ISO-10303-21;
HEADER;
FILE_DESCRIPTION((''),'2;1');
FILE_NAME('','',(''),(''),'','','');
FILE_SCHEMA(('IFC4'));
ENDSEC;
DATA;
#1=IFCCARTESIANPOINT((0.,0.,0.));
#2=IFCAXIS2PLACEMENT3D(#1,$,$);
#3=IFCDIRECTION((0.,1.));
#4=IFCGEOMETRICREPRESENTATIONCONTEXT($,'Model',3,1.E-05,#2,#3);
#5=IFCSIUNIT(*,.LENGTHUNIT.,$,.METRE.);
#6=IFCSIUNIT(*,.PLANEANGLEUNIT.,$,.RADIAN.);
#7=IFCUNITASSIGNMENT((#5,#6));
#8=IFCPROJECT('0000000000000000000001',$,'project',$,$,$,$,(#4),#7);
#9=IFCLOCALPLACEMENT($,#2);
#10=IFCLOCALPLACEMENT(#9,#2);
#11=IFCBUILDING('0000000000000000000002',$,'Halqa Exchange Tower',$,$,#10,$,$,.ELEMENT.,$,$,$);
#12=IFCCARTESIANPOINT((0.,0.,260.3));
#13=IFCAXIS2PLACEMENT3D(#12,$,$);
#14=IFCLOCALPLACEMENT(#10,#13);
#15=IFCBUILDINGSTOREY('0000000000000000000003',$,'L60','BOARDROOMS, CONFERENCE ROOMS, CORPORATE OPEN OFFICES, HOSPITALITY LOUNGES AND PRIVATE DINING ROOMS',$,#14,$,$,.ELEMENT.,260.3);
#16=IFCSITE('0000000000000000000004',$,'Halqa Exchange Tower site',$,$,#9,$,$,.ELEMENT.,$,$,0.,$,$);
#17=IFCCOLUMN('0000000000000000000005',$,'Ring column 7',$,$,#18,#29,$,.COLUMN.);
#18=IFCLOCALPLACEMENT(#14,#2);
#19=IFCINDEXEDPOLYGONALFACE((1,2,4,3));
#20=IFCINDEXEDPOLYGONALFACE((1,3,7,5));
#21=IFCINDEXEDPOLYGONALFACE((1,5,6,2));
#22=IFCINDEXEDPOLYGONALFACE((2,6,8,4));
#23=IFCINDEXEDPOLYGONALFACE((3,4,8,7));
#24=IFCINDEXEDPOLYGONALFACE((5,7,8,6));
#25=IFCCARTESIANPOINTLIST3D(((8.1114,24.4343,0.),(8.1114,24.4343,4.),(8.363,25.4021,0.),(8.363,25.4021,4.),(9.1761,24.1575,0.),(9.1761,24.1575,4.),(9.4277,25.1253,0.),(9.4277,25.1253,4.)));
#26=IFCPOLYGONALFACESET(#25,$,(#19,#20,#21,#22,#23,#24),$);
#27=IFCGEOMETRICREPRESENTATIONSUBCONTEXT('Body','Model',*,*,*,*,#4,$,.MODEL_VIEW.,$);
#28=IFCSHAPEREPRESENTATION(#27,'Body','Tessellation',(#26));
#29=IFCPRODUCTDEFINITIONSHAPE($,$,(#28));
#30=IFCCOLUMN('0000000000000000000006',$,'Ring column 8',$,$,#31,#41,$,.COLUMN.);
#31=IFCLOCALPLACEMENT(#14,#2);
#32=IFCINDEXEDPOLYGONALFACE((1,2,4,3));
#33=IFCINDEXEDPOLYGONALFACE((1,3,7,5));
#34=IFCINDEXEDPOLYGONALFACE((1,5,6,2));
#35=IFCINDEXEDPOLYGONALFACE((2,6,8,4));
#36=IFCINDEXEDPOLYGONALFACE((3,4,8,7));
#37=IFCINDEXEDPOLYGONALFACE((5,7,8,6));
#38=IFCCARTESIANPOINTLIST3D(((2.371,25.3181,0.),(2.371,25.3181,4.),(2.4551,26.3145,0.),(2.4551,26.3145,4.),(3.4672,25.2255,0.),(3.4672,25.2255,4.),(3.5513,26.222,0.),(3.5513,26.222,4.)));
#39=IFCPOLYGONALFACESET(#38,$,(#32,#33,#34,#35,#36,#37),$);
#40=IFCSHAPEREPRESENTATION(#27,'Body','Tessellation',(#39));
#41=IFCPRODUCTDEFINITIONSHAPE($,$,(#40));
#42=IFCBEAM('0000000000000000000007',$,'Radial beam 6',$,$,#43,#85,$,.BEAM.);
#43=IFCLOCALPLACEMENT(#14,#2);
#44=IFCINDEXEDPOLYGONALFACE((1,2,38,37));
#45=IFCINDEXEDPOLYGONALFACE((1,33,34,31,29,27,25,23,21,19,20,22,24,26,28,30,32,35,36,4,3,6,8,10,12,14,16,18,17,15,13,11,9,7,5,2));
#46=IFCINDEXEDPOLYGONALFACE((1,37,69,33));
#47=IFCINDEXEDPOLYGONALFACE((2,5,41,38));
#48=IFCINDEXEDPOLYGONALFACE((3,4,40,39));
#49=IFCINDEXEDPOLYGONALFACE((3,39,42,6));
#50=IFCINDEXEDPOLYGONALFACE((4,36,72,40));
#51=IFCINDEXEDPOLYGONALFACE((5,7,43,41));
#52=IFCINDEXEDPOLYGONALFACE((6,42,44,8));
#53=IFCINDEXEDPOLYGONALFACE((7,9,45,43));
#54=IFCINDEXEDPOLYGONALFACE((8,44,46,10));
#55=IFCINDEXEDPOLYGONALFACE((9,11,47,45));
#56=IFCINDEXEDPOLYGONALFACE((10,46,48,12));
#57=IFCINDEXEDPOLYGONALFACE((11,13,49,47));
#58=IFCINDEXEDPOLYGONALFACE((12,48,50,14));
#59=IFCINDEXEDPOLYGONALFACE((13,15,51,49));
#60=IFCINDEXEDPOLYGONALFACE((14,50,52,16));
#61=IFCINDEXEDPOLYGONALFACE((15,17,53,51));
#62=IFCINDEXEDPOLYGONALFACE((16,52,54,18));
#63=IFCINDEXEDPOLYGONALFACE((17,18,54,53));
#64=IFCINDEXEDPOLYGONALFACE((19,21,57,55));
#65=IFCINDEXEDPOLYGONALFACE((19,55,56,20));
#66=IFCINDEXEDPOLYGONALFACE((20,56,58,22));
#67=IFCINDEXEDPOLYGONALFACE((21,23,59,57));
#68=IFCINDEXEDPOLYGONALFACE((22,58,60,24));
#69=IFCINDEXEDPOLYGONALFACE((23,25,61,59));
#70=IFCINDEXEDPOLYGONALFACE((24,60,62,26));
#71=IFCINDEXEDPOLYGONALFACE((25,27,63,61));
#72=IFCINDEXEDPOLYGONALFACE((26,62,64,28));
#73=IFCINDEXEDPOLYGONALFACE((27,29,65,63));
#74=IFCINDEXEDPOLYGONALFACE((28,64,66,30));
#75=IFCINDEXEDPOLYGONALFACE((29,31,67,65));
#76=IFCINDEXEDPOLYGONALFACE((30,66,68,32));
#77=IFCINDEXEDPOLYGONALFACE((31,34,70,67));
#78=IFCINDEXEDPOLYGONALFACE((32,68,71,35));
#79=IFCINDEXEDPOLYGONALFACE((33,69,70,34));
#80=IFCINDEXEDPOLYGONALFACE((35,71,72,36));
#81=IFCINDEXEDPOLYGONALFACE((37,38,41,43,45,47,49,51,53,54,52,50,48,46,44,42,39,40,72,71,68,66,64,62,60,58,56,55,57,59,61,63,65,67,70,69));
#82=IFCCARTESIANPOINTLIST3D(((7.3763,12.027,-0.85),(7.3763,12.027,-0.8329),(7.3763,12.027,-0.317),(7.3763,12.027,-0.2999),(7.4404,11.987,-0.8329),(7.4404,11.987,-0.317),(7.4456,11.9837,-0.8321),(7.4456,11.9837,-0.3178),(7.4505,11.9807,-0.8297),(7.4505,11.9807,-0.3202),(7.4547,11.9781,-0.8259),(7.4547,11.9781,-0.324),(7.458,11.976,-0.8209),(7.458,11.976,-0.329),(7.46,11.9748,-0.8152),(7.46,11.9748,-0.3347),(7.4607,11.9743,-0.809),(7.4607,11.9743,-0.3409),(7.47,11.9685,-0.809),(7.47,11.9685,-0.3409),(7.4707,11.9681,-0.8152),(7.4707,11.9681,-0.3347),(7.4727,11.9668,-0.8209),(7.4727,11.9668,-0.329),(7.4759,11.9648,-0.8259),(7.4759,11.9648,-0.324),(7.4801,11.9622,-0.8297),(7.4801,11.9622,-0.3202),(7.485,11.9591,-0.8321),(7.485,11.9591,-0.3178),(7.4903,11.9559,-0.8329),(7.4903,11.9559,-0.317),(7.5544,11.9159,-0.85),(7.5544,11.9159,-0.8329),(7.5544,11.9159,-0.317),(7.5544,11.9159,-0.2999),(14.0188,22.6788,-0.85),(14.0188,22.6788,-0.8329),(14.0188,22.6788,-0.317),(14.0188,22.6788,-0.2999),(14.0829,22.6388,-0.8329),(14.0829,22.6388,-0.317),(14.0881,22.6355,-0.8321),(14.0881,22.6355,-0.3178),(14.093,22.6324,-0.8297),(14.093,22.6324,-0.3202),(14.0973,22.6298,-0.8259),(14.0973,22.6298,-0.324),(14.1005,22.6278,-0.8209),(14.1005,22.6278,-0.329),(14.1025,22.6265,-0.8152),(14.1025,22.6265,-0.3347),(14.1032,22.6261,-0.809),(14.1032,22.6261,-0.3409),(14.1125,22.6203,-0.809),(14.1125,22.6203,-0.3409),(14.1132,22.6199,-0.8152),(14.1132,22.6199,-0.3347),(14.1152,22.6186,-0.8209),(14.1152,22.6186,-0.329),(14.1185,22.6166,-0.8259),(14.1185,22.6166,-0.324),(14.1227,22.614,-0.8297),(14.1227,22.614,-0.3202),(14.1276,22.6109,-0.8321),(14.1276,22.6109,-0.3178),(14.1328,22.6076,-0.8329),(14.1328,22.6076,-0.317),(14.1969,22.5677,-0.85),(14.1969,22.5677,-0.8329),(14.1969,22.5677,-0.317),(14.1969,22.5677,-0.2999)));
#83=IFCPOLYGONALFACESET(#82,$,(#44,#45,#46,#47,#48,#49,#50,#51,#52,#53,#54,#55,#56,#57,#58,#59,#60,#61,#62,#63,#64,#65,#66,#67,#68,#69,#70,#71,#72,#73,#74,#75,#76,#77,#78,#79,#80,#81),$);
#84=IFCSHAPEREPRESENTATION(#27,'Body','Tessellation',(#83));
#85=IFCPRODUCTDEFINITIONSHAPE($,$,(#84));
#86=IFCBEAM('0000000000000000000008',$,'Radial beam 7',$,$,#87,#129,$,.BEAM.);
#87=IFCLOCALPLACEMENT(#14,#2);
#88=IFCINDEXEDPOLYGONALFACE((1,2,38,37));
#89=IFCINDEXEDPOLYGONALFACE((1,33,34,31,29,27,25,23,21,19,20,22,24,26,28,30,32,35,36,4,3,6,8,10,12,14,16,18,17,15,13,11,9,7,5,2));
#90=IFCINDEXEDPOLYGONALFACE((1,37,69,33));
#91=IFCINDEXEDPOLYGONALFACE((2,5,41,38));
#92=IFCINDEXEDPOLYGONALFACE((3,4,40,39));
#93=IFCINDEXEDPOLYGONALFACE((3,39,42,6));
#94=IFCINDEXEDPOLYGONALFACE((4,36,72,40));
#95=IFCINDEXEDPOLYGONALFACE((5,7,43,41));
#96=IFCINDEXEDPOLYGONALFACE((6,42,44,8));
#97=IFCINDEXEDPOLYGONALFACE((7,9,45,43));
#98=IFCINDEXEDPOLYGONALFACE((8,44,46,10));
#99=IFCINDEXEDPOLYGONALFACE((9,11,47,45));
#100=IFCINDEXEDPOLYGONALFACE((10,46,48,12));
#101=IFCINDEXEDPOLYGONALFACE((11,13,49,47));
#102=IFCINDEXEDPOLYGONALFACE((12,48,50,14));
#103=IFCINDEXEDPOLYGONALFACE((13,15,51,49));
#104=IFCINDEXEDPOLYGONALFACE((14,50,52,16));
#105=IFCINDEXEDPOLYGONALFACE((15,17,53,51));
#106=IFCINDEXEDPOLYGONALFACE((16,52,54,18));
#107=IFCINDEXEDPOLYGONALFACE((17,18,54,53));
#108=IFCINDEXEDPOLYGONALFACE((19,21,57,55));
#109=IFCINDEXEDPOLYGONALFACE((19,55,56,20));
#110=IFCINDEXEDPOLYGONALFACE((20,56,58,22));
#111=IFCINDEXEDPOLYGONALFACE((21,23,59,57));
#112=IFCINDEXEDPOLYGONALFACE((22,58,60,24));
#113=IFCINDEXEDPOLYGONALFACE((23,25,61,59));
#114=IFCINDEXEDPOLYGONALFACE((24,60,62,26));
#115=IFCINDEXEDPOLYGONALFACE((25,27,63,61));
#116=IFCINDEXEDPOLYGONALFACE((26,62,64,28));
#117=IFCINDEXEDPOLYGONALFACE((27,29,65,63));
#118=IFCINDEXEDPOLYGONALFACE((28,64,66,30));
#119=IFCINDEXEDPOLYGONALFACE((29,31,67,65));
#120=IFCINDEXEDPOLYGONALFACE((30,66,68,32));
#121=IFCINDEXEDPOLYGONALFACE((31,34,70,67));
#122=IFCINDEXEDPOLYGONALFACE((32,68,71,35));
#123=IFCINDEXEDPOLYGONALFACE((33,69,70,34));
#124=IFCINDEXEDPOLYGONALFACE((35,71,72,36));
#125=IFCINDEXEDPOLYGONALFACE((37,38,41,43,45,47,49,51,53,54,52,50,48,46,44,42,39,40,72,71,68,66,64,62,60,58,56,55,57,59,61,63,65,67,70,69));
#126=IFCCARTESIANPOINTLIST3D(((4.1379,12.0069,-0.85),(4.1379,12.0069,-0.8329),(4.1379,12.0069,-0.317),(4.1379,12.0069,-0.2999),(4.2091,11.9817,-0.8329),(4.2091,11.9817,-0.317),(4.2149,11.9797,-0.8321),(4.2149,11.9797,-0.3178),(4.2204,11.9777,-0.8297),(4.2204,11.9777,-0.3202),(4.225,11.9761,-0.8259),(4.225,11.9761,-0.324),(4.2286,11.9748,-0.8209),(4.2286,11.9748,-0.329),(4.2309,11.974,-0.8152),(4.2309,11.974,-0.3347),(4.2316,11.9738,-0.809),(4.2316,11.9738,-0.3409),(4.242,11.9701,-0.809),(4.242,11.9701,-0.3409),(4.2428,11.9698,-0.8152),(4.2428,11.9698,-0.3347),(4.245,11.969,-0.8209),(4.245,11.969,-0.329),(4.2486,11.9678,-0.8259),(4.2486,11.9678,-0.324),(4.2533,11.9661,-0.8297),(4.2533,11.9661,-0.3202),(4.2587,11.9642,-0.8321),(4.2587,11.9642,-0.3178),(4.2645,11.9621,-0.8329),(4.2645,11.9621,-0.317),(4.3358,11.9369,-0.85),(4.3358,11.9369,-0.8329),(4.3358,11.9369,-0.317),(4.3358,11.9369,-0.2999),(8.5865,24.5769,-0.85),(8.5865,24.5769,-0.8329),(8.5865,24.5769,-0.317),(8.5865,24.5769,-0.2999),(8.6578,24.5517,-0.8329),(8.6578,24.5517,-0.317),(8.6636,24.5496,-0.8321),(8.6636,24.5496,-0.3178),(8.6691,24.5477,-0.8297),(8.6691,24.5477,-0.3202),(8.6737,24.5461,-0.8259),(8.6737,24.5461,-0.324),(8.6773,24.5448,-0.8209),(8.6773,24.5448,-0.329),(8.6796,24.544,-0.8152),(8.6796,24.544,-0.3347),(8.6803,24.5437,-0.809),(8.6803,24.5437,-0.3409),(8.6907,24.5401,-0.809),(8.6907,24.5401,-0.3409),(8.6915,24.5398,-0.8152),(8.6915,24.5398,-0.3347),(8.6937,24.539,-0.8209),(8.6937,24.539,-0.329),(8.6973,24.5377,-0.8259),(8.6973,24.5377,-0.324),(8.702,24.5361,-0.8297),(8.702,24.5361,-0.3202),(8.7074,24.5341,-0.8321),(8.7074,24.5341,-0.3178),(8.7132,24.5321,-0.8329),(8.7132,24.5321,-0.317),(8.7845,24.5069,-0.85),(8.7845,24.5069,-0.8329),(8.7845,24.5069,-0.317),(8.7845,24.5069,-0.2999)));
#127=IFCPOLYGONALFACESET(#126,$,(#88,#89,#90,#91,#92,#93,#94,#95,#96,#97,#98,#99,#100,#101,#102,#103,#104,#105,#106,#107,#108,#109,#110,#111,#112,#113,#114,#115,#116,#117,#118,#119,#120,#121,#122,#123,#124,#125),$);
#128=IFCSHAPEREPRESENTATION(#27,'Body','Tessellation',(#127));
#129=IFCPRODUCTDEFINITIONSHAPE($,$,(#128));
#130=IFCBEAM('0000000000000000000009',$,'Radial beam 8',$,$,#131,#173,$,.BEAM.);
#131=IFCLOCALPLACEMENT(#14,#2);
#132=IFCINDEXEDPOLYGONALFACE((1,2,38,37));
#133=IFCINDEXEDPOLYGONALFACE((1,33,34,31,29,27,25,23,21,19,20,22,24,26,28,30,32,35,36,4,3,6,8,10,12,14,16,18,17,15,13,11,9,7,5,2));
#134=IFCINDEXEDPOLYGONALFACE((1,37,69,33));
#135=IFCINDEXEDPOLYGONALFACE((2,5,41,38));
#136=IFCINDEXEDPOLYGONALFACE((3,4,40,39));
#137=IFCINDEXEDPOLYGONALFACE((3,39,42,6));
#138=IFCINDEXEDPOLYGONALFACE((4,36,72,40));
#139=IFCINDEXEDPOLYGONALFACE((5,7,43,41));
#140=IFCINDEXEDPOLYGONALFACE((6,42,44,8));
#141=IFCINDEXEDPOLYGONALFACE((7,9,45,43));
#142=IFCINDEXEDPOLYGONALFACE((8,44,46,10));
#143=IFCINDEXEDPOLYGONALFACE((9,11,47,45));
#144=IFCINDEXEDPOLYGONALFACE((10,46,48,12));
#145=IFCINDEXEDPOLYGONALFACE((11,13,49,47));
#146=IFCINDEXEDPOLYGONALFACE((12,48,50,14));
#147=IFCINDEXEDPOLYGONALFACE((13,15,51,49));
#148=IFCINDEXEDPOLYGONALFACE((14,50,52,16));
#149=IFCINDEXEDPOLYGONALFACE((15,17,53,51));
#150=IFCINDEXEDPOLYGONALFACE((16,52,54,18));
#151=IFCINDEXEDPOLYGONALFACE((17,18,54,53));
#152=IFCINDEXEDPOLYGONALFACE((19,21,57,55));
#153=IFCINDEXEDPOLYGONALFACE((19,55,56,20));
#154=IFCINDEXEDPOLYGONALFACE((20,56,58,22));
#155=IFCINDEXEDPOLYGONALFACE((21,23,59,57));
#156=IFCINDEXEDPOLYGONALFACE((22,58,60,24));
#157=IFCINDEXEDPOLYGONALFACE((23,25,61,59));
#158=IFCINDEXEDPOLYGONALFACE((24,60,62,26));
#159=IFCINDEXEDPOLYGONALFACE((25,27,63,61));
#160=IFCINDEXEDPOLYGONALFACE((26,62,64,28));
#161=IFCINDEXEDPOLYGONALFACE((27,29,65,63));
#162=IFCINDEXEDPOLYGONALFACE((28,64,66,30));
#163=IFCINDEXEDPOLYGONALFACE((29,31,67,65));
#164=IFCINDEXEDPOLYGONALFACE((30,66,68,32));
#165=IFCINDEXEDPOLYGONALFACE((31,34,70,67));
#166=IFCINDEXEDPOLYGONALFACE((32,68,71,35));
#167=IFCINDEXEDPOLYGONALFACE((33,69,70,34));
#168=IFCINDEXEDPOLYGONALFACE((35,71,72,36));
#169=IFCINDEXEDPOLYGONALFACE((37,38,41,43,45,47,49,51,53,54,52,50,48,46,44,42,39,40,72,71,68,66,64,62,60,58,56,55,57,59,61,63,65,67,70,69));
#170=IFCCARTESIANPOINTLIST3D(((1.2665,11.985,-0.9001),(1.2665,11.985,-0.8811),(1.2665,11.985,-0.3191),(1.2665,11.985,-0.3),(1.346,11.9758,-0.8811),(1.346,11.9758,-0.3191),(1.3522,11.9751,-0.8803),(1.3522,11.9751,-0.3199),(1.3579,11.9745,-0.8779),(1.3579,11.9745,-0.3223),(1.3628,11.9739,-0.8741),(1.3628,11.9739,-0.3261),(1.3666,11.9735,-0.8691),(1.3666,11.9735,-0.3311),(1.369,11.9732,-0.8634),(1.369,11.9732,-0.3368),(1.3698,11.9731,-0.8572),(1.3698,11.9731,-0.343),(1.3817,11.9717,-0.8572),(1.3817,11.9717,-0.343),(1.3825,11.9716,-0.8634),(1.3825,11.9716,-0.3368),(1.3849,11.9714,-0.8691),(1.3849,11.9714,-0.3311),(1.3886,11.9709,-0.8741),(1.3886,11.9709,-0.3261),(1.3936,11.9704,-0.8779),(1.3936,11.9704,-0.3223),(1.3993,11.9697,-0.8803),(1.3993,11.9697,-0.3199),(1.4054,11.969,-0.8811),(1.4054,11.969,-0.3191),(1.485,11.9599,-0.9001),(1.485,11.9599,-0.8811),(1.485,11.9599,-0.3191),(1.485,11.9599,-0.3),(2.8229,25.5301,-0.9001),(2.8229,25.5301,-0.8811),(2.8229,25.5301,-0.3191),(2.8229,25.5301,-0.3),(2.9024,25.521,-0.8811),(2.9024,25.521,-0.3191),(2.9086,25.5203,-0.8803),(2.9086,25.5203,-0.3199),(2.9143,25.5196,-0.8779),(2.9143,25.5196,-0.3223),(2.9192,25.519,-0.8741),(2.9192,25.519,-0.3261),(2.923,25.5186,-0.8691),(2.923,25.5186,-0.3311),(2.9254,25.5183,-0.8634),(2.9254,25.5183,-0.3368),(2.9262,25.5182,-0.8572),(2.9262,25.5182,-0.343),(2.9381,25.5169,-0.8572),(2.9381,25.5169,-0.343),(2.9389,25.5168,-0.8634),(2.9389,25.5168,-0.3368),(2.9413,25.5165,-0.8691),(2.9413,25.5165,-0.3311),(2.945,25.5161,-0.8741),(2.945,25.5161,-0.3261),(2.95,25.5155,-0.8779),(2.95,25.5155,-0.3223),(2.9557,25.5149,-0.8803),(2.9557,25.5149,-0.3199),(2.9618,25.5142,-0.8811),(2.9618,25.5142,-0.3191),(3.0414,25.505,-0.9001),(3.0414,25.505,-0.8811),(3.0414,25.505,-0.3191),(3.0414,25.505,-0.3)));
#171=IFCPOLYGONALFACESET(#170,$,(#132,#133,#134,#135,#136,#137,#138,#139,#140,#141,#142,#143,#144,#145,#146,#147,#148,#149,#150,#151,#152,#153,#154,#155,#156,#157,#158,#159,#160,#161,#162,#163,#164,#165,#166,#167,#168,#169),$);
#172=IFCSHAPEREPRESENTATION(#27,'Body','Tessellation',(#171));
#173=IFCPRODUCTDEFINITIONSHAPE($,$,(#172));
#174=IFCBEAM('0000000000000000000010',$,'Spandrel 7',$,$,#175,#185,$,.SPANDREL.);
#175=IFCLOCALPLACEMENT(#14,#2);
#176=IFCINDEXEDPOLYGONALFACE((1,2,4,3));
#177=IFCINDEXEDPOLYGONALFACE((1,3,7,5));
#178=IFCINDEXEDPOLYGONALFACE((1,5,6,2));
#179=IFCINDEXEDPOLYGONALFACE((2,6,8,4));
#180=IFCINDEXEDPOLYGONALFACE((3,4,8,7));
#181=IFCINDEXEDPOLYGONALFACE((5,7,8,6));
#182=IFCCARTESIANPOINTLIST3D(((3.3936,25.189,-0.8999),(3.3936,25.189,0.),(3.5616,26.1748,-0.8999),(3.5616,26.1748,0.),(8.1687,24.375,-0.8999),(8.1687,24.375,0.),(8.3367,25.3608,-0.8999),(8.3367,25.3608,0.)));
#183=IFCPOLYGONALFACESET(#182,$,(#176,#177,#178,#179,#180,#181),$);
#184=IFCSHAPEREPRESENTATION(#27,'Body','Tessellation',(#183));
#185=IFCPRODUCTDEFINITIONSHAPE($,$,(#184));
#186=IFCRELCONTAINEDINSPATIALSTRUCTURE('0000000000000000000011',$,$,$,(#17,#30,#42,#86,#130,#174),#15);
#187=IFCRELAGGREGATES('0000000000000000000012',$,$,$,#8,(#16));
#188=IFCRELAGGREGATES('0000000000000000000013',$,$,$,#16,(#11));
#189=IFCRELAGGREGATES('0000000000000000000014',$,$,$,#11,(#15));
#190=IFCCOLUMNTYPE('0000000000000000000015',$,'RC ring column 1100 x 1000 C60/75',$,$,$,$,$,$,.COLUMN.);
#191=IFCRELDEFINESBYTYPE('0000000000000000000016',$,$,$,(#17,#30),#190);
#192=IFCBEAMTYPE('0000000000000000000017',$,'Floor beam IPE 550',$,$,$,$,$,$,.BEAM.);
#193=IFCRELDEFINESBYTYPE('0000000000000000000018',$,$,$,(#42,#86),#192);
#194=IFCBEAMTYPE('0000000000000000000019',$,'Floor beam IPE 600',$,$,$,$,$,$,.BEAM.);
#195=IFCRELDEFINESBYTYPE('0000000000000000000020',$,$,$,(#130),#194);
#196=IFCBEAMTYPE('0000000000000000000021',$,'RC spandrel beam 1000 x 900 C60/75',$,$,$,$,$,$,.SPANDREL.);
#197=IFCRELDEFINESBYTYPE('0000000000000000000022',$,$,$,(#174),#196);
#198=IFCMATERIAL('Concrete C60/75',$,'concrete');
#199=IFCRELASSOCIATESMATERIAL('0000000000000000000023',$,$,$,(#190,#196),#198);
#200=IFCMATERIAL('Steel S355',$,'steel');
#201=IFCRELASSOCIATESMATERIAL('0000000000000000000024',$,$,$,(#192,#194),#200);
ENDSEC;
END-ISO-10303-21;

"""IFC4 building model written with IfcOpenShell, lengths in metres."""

from ifc_helpers import new_model, si_unit, direction, frame, origin, origin_2d, place, context, subcontext, project, spatial, rectangle, i_section, extrude, material, material_profile, profile_set, type_object, element, save


model = new_model("IFC4")

# Units and contexts
model_context = context("Model", 3, precision=1e-05, world=origin(), true_north=direction((0.0, 1.0)))
body_context = subcontext(model_context, "Body", "Model", "MODEL_VIEW")
ifc_project = project(units=[si_unit("LENGTHUNIT", "METRE"), si_unit("PLANEANGLEUNIT", "RADIAN")], contexts=[model_context])

# Site, building, storey
site_placement = place(None, origin())
site = spatial("IfcSite", under=ifc_project, at=site_placement, Name="Halqa Exchange Tower site", CompositionType="ELEMENT", RefElevation=0.0)
building_placement = place(site_placement, origin())
building = spatial("IfcBuilding", under=site, at=building_placement, Name="Halqa Exchange Tower", CompositionType="ELEMENT")
storey_placement = place(building_placement, frame((0.0, 0.0, 260.3)))
storey = spatial("IfcBuildingStorey", under=building, at=storey_placement, Name="L60", Description="BOARDROOMS, CONFERENCE ROOMS, CORPORATE OPEN OFFICES, HOSPITALITY LOUNGES AND PRIVATE DINING ROOMS", CompositionType="ELEMENT", Elevation=260.3)

# Columns
ifc_material_1 = material(Name="Concrete C60/75", Category="concrete")
ifc_material_profile_1 = material_profile(ifc_material_1, rectangle(XDim=1.1001, YDim=1.0, at=origin_2d()), Name="1100 x 1000")
ifc_profile_set_1 = profile_set([ifc_material_profile_1], Name="Concrete C60/75")
column_type = type_object("IfcColumnType", Name="RC ring column 1100 x 1000 C60/75", PredefinedType="COLUMN", material=ifc_profile_set_1)
for number, where, z_axis, x_axis, name in (
    (1, (8.7695, 24.7798, 0.0), (0.0, 0.0, 1.0), (-0.96782, 0.251642, 0.0), "Ring column 7"),
    (2, (2.9612, 25.77, 0.0), (0.0, 0.0, 1.0), (-0.996456, 0.08412, 0.0), "Ring column 8"),
):
    element("IfcColumn", number, at=place(storey_placement, frame(where, z_axis=z_axis, x_axis=x_axis)), inside=storey, type_object=column_type, Name=name, PredefinedType="COLUMN", context=body_context, shape_type="SweptSolid", body=[
        extrude(rectangle(XDim=1.1001, YDim=1.0, at=origin_2d()), origin(), (0.0, 0.0, 1.0), 4.0),
    ])

# Beams
ifc_material_2 = material(Name="Steel S355", Category="steel")
ifc_material_profile_2 = material_profile(ifc_material_2, i_section(OverallWidth=0.21, OverallDepth=0.55, WebThickness=0.011, FlangeThickness=0.0171, FilletRadius=0.0239, at=origin_2d()), Name="IPE 550")
ifc_profile_set_2 = profile_set([ifc_material_profile_2], Name="Steel S355")
beam_type_1 = type_object("IfcBeamType", Name="Floor beam IPE 550", PredefinedType="BEAM", material=ifc_profile_set_2)
beam_1_placement = place(storey_placement, frame((7.4653, 11.9714, -0.575), z_axis=(0.529149, 0.848529, 0.0), x_axis=(-0.848529, 0.529149, 0.0)))
element("IfcBeam", 3, at=beam_1_placement, inside=storey, type_object=beam_type_1, Name="Radial beam 6", PredefinedType="BEAM", context=body_context, shape_type="SweptSolid", body=[
    extrude(i_section(OverallWidth=0.21, OverallDepth=0.55, WebThickness=0.011, FlangeThickness=0.0171, FilletRadius=0.0239, at=origin_2d()), origin(), (0.0, 0.0, 1.0), 12.5532),
])
beam_2_placement = place(storey_placement, frame((4.2368, 11.9719, -0.575), z_axis=(0.333636, 0.942702, 0.0), x_axis=(-0.942702, 0.333636, 0.0)))
element("IfcBeam", 4, at=beam_2_placement, inside=storey, type_object=beam_type_1, Name="Radial beam 7", PredefinedType="BEAM", context=body_context, shape_type="SweptSolid", body=[
    extrude(i_section(OverallWidth=0.21, OverallDepth=0.55, WebThickness=0.011, FlangeThickness=0.0171, FilletRadius=0.0239, at=origin_2d()), origin(), (0.0, 0.0, 1.0), 13.334),
])
ifc_material_profile_3 = material_profile(ifc_material_2, i_section(OverallWidth=0.22, OverallDepth=0.6001, WebThickness=0.012, FlangeThickness=0.019, FilletRadius=0.0239, at=origin_2d()), Name="IPE 600")
ifc_profile_set_3 = profile_set([ifc_material_profile_3], Name="Steel S355")
beam_type_2 = type_object("IfcBeamType", Name="Floor beam IPE 600", PredefinedType="BEAM", material=ifc_profile_set_3)
beam_3_placement = place(storey_placement, frame((1.3757, 11.9724, -0.6001), z_axis=(0.114153, 0.993463, 0.0), x_axis=(-0.993463, 0.114153, 0.0)))
element("IfcBeam", 5, at=beam_3_placement, inside=storey, type_object=beam_type_2, Name="Radial beam 8", PredefinedType="BEAM", context=body_context, shape_type="SweptSolid", body=[
    extrude(i_section(OverallWidth=0.22, OverallDepth=0.6001, WebThickness=0.012, FlangeThickness=0.019, FilletRadius=0.0239, at=origin_2d()), origin(), (0.0, 0.0, 1.0), 13.6343),
])
ifc_material_profile_4 = material_profile(ifc_material_1, rectangle(XDim=1.0, YDim=0.8999, at=origin_2d()), Name="1000 x 900")
ifc_profile_set_4 = profile_set([ifc_material_profile_4], Name="Concrete C60/75")
beam_type_3 = type_object("IfcBeamType", Name="RC spandrel beam 1000 x 900 C60/75", PredefinedType="SPANDREL", material=ifc_profile_set_4)
beam_4_placement = place(storey_placement, frame((8.2527, 24.8679, -0.45), z_axis=(-0.985781, 0.168035, 0.0), x_axis=(-0.168035, -0.985781, 0.0)))
element("IfcBeam", 6, at=beam_4_placement, inside=storey, type_object=beam_type_3, Name="Spandrel 7", PredefinedType="SPANDREL", context=body_context, shape_type="SweptSolid", body=[
    extrude(rectangle(XDim=1.0, YDim=0.8999, at=origin_2d()), origin(), (0.0, 0.0, 1.0), 4.844),
])

save(model, "model.ifc")
